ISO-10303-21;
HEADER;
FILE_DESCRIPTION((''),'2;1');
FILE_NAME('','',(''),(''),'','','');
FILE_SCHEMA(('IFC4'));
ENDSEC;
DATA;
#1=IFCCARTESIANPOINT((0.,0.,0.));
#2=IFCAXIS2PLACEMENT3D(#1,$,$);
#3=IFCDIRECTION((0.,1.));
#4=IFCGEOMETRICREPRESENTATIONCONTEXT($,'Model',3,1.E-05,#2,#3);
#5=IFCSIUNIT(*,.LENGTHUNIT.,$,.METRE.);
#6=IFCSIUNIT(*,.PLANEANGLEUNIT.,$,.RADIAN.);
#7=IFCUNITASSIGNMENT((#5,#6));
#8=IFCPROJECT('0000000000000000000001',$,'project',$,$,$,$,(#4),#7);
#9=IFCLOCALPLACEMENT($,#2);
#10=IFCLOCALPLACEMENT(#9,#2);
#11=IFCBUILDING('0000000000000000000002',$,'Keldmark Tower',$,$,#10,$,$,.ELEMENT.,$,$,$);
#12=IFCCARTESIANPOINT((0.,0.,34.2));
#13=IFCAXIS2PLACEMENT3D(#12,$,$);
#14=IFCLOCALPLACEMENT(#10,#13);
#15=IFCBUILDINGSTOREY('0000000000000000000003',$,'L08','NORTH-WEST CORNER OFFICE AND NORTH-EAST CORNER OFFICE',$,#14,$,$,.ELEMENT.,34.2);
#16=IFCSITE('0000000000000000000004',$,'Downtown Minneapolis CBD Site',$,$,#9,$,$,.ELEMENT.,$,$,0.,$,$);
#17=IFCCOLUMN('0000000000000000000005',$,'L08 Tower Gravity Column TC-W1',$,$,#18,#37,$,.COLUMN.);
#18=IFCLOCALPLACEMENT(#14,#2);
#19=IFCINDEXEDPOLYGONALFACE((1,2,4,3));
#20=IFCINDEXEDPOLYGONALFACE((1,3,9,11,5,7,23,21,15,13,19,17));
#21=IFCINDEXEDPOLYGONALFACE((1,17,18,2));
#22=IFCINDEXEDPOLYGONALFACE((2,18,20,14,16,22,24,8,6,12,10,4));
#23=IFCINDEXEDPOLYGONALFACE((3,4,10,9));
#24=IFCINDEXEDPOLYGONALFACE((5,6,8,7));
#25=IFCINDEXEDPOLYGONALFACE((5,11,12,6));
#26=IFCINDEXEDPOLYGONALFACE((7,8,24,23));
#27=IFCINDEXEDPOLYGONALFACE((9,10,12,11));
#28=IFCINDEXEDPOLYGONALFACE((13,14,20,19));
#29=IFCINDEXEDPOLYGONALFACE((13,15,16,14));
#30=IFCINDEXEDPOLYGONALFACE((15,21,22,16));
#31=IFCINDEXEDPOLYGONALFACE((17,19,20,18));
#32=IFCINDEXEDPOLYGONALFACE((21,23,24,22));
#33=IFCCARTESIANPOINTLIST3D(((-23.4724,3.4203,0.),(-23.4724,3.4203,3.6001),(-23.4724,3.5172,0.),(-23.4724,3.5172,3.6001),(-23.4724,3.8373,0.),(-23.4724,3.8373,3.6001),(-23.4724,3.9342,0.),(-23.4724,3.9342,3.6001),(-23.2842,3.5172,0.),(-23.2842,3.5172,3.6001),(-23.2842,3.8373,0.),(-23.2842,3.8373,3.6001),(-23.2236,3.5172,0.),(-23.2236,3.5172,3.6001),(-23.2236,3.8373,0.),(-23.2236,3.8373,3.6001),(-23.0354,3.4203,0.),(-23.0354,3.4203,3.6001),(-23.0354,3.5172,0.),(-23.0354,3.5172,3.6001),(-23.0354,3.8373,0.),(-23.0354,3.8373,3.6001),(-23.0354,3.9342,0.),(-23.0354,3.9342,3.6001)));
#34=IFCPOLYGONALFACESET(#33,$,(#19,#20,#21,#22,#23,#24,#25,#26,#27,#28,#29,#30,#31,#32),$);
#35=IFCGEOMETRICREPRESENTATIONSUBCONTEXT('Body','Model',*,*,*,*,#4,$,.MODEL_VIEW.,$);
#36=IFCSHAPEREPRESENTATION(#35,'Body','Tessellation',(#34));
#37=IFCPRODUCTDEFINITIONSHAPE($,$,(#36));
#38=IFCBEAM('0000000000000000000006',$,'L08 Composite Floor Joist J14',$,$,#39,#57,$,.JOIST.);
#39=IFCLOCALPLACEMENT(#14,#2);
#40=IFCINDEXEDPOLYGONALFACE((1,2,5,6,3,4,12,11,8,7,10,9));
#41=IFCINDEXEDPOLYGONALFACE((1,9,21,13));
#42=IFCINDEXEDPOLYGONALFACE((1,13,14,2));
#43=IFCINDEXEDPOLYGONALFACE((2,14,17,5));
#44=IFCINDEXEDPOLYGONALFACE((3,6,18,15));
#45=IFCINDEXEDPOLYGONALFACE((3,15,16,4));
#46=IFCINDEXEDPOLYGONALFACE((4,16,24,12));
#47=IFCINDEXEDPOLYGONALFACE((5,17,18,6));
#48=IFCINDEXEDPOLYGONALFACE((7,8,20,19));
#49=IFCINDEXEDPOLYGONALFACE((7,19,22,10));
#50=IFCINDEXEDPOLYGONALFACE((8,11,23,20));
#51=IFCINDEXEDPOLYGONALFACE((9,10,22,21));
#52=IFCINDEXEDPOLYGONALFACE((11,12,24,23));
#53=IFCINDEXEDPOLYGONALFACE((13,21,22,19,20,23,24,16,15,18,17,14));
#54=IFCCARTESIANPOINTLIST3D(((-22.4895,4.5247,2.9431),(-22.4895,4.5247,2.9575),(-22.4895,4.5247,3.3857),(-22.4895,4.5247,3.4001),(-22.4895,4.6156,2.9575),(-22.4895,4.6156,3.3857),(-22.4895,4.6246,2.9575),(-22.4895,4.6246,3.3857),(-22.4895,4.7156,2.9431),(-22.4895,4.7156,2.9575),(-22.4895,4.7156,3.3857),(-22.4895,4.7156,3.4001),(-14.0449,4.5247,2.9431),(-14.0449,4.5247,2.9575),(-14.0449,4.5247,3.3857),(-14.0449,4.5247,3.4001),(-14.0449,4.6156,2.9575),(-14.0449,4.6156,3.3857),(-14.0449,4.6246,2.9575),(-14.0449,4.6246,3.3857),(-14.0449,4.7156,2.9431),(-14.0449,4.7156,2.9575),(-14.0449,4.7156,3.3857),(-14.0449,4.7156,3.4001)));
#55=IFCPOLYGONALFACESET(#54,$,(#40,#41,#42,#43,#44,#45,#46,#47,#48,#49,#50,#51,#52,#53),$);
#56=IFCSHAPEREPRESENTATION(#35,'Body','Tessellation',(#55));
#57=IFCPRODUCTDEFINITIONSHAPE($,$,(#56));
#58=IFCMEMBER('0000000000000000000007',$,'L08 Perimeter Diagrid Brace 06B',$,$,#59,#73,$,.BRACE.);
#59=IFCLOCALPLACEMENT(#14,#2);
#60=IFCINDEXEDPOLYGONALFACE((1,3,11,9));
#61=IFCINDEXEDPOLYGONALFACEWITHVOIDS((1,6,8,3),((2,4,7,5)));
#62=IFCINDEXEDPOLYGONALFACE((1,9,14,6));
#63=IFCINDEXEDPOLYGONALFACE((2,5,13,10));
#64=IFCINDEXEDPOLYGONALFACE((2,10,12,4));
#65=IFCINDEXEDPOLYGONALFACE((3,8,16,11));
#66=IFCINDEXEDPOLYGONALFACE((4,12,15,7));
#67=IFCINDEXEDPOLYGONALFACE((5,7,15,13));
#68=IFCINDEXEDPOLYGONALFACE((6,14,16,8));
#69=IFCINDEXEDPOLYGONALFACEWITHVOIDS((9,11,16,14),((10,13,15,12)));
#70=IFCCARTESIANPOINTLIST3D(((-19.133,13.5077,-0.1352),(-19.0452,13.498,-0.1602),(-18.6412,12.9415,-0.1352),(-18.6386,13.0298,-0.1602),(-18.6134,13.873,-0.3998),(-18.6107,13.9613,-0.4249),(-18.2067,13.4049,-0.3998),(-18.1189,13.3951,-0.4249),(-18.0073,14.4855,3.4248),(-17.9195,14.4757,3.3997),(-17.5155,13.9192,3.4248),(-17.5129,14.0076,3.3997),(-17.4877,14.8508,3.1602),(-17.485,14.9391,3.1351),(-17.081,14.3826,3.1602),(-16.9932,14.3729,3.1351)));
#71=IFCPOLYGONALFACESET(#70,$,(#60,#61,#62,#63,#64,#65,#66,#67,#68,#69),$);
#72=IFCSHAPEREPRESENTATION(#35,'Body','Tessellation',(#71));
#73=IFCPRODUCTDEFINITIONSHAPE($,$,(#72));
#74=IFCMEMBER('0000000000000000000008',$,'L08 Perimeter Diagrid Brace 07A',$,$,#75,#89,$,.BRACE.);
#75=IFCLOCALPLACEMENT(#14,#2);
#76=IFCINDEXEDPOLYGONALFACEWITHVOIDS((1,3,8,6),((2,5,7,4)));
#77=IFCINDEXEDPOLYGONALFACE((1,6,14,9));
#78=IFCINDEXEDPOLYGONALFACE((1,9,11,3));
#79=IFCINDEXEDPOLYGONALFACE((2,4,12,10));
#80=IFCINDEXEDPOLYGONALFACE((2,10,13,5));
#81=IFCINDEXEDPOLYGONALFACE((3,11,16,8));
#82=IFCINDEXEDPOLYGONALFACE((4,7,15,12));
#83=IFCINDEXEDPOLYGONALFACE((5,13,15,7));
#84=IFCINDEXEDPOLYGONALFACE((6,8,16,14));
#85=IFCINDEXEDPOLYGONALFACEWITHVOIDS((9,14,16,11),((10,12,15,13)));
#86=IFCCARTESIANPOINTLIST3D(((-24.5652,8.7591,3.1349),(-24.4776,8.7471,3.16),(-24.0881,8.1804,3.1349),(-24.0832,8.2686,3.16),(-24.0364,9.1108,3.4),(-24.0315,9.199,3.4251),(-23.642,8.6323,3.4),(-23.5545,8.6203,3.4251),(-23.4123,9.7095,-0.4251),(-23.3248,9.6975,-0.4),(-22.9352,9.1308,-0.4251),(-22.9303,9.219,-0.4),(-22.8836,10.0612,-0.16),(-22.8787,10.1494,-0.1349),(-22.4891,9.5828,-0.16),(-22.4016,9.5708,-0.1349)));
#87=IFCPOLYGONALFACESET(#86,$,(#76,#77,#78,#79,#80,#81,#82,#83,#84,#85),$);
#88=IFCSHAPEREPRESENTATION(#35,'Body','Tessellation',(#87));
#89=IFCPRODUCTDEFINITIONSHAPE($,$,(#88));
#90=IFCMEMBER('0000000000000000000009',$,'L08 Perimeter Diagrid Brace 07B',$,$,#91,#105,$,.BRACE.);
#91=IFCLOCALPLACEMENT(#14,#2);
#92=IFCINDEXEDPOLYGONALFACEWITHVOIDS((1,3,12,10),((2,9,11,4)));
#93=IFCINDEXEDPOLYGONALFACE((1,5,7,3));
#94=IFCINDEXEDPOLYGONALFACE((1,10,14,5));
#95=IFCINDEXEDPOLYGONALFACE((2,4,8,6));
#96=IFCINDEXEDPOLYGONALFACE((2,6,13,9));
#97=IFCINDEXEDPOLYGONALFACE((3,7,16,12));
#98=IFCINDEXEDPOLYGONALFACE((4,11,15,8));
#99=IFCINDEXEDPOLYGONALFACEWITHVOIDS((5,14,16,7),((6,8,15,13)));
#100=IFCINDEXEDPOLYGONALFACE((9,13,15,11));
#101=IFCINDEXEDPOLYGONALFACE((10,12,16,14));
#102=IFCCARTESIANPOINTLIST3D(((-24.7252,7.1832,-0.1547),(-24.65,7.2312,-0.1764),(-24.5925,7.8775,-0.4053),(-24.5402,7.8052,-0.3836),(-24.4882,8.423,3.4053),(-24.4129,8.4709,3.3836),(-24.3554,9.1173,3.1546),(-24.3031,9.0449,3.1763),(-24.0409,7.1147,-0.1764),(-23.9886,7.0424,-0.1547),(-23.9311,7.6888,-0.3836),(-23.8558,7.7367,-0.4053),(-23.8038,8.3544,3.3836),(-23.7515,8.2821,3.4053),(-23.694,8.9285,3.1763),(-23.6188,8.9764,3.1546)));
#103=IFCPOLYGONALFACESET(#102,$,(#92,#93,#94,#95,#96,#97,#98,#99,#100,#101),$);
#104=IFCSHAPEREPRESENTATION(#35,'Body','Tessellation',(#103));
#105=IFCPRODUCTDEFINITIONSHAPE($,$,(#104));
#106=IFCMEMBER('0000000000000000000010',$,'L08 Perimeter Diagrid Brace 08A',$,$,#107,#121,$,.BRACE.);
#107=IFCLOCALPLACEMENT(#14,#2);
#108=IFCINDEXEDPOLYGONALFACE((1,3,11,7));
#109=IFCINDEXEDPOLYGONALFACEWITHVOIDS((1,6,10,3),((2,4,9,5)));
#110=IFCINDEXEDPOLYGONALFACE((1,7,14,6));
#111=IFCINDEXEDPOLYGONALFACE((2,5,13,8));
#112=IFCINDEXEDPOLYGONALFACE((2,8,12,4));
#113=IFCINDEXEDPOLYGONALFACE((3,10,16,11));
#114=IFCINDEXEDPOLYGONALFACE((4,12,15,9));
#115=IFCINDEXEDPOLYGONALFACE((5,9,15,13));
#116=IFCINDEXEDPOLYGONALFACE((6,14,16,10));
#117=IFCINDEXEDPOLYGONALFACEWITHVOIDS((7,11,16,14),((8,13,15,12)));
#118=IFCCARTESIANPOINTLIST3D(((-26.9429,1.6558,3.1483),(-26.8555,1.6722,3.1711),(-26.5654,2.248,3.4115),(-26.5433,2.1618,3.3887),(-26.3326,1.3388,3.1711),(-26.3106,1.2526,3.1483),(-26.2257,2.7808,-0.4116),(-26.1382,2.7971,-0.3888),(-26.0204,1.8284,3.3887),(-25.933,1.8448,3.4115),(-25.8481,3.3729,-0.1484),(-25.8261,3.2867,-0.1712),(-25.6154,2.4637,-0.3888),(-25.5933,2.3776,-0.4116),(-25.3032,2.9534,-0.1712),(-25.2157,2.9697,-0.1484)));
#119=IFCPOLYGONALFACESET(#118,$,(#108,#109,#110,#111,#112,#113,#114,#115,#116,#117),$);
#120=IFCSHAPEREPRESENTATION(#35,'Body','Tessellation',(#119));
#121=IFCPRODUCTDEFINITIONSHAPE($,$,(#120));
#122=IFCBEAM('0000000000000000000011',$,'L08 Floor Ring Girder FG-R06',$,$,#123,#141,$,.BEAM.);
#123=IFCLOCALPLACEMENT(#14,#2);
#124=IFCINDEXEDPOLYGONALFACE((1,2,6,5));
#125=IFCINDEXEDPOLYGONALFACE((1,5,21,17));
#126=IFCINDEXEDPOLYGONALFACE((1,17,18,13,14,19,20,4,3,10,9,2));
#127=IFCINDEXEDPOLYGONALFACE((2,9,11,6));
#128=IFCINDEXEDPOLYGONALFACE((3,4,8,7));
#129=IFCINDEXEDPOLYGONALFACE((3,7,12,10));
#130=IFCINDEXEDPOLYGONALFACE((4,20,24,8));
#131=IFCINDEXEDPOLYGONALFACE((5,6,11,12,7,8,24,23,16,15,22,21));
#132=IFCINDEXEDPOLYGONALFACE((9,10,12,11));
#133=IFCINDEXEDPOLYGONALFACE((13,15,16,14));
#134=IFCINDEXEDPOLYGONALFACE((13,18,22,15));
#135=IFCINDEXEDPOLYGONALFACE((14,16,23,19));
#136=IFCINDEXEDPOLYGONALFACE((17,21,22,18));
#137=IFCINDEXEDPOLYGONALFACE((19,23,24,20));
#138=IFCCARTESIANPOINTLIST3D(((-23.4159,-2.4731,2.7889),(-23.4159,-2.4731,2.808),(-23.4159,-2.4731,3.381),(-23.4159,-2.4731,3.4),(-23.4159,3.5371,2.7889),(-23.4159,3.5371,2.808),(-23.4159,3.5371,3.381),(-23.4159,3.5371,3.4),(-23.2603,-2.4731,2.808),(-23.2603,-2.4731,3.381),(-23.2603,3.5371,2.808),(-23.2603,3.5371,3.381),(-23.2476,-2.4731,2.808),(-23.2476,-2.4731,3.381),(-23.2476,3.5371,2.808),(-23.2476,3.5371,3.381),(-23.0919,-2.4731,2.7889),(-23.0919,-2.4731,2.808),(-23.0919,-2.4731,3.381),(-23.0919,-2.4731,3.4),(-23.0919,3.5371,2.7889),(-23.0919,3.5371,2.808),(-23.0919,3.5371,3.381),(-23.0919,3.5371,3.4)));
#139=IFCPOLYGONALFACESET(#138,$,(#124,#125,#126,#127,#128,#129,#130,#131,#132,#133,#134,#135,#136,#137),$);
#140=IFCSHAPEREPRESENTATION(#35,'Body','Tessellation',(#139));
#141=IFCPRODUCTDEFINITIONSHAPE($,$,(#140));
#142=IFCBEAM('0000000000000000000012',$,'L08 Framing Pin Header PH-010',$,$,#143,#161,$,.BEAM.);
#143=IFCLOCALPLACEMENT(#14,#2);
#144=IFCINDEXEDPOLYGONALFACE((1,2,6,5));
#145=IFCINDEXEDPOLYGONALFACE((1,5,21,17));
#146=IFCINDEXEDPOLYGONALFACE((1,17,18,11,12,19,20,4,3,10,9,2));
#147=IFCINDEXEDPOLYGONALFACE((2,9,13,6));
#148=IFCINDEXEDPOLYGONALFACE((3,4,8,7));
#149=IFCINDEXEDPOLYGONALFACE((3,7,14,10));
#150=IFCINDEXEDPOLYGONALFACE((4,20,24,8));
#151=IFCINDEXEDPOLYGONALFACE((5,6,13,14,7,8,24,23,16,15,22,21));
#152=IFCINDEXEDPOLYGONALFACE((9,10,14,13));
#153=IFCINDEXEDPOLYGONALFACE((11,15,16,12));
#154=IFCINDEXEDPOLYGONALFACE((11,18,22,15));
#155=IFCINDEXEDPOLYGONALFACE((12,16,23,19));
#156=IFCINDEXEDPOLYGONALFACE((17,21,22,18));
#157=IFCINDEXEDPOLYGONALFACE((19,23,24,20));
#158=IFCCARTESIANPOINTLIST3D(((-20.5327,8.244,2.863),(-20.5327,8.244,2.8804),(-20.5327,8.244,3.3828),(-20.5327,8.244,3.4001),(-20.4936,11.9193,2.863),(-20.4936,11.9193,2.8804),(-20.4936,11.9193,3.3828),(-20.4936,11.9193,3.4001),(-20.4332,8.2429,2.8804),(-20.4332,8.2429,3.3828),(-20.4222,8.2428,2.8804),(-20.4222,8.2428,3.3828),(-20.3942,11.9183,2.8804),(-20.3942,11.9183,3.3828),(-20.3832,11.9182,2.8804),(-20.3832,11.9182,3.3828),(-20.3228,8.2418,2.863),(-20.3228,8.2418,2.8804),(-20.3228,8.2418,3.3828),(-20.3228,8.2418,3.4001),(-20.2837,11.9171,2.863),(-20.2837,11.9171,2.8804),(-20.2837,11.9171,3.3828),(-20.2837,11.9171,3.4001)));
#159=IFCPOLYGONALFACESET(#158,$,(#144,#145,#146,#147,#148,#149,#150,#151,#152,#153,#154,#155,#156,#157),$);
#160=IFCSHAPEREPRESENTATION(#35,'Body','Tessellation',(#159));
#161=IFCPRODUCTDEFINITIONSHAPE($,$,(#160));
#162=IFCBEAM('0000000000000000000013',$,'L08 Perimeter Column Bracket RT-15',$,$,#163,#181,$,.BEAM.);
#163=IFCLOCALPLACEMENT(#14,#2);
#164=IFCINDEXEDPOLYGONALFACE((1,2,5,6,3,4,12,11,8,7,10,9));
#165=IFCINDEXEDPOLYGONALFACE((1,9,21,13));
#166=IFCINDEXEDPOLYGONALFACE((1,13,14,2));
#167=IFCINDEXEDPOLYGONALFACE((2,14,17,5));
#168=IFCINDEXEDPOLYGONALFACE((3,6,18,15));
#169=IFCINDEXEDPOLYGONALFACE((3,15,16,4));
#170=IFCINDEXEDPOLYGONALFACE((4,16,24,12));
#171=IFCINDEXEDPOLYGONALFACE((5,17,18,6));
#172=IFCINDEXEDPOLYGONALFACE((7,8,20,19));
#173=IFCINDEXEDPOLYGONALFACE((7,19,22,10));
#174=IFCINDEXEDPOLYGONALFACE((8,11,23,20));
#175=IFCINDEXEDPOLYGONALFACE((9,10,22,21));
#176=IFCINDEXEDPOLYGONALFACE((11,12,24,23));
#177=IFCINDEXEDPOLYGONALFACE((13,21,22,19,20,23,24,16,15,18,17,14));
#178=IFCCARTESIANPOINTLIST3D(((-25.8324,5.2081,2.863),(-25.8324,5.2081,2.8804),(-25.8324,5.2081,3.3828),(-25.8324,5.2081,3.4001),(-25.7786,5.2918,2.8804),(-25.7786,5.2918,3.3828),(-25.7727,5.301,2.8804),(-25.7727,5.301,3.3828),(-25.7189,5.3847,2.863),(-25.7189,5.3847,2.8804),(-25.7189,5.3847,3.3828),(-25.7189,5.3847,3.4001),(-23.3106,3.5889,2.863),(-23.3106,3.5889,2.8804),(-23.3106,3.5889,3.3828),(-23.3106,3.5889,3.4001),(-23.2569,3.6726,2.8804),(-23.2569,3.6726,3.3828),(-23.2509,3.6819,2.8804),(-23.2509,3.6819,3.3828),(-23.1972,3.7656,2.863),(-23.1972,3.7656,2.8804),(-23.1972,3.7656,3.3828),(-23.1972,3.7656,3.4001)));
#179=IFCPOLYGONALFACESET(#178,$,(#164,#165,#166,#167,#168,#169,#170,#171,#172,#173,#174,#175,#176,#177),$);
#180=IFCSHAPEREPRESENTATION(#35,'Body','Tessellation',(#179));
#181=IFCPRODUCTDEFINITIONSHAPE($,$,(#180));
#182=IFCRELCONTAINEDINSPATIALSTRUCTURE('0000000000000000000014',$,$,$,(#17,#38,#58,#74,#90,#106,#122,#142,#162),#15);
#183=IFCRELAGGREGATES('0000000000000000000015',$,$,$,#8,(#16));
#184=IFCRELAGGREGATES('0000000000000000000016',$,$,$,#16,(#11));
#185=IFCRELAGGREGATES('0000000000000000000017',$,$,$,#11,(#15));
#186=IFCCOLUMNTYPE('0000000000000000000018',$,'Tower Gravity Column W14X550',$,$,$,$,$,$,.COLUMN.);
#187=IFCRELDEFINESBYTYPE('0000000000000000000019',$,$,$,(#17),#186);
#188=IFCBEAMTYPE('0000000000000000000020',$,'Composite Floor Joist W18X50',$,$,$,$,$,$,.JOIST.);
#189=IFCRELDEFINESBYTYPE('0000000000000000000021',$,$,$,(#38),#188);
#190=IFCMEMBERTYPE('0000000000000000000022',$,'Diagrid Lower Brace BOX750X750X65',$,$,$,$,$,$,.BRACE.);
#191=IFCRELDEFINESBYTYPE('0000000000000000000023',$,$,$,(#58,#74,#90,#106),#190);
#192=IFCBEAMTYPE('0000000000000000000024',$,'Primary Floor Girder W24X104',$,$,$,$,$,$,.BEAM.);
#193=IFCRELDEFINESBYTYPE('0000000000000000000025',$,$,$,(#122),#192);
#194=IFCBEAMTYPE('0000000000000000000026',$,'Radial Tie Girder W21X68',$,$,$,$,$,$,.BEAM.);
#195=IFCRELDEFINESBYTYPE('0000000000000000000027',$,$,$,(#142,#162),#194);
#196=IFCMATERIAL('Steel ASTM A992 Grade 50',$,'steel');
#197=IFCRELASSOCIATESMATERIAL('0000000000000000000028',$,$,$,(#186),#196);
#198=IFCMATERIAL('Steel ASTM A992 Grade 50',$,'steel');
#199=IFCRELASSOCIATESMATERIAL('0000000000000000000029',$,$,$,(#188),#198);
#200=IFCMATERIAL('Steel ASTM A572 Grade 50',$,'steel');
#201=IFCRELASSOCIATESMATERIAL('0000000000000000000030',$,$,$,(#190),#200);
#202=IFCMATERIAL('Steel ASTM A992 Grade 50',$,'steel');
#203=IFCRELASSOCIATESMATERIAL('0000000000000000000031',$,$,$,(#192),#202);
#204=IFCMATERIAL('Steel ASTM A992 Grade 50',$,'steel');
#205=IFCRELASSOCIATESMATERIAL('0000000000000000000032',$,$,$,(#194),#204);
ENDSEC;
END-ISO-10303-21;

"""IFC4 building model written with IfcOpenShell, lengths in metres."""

from ifc_helpers import new_model, si_unit, direction, frame, origin, origin_2d, place, context, subcontext, project, spatial, hollow_rectangle, i_section, extrude, material, material_profile, profile_set, type_object, element, save


model = new_model("IFC4")

# Units and contexts
model_context = context("Model", 3, precision=1e-05, world=origin(), true_north=direction((0.0, 1.0)))
body_context = subcontext(model_context, "Body", "Model", "MODEL_VIEW")
ifc_project = project(units=[si_unit("LENGTHUNIT", "METRE"), si_unit("PLANEANGLEUNIT", "RADIAN")], contexts=[model_context])

# Site, building, storey
site_placement = place(None, origin())
site = spatial("IfcSite", under=ifc_project, at=site_placement, Name="Downtown Minneapolis CBD Site", CompositionType="ELEMENT", RefElevation=0.0)
building_placement = place(site_placement, origin())
building = spatial("IfcBuilding", under=site, at=building_placement, Name="Keldmark Tower", CompositionType="ELEMENT")
storey_placement = place(building_placement, frame((0.0, 0.0, 34.2)))
storey = spatial("IfcBuildingStorey", under=building, at=storey_placement, Name="L08", Description="NORTH-WEST CORNER OFFICE AND NORTH-EAST CORNER OFFICE", CompositionType="ELEMENT", Elevation=34.2)

# Column
ifc_material_1 = material(Name="Steel ASTM A992 Grade 50", Category="steel")
ifc_material_profile_1 = material_profile(ifc_material_1, i_section(OverallWidth=0.437, OverallDepth=0.5139, WebThickness=0.0605, FlangeThickness=0.0969, at=origin_2d()), Name="W14X550")
ifc_profile_set_1 = profile_set([ifc_material_profile_1], Name="Steel ASTM A992 Grade 50")
column_type = type_object("IfcColumnType", Name="Tower Gravity Column W14X550", PredefinedType="COLUMN", material=ifc_profile_set_1)
column_placement = place(storey_placement, frame((-23.2539, 3.6772, 0.0), z_axis=(0.0, 0.0, 1.0), x_axis=(1.0, 0.0, 0.0)))
element("IfcColumn", 1, at=column_placement, inside=storey, type_object=column_type, Name="L08 Tower Gravity Column TC-W1", PredefinedType="COLUMN", context=body_context, shape_type="SweptSolid", body=[
    extrude(i_section(OverallWidth=0.437, OverallDepth=0.5139, WebThickness=0.0605, FlangeThickness=0.0969, at=origin_2d()), origin(), (0.0, 0.0, 1.0), 3.6001),
])

# Beam
ifc_material_2 = material(Name="Steel ASTM A992 Grade 50", Category="steel")
ifc_material_profile_2 = material_profile(ifc_material_2, i_section(OverallWidth=0.1909, OverallDepth=0.457, WebThickness=0.009, FlangeThickness=0.0144, at=origin_2d()), Name="W18X50")
ifc_profile_set_2 = profile_set([ifc_material_profile_2], Name="Steel ASTM A992 Grade 50")
beam_type_1 = type_object("IfcBeamType", Name="Composite Floor Joist W18X50", PredefinedType="JOIST", material=ifc_profile_set_2)
beam_1_placement = place(storey_placement, frame((-22.4895, 4.6201, 3.1716), z_axis=(1.0, 0.0, 0.0), x_axis=(0.0, 1.0, 0.0)))
element("IfcBeam", 2, at=beam_1_placement, inside=storey, type_object=beam_type_1, Name="L08 Composite Floor Joist J14", PredefinedType="JOIST", context=body_context, shape_type="SweptSolid", body=[
    extrude(i_section(OverallWidth=0.1909, OverallDepth=0.457, WebThickness=0.009, FlangeThickness=0.0144, at=origin_2d()), origin(), (0.0, 0.0, 1.0), 8.4446),
])

# Members
ifc_material_3 = material(Name="Steel ASTM A572 Grade 50", Category="steel")
ifc_material_profile_3 = material_profile(ifc_material_3, hollow_rectangle(XDim=0.75, YDim=0.75, WallThickness=0.0649, at=origin_2d()), Name="BOX750X750X65")
ifc_profile_set_3 = profile_set([ifc_material_profile_3], Name="Steel ASTM A572 Grade 50")
member_type = type_object("IfcMemberType", Name="Diagrid Lower Brace BOX750X750X65", PredefinedType="BRACE", material=ifc_profile_set_3)
member_1_placement = place(storey_placement, frame((-18.626, 13.4514, -0.28), z_axis=(0.291663, 0.253331, 0.922365), x_axis=(-0.655753, 0.754976, 0.0)))
element("IfcMember", 3, at=member_1_placement, inside=storey, type_object=member_type, Name="L08 Perimeter Diagrid Brace 06B", PredefinedType="BRACE", context=body_context, shape_type="SweptSolid", body=[
    extrude(hollow_rectangle(XDim=0.75, YDim=0.75, WallThickness=0.0649, at=origin_2d()), origin(), (0.0, 0.0, 1.0), 3.8596),
])
member_2_placement = place(storey_placement, frame((-22.907, 9.6401, -0.28), z_axis=(-0.298593, -0.246172, 0.922085), x_axis=(0.636125, -0.771586, 0.0)))
element("IfcMember", 4, at=member_2_placement, inside=storey, type_object=member_type, Name="L08 Perimeter Diagrid Brace 07A", PredefinedType="BRACE", context=body_context, shape_type="SweptSolid", body=[
    extrude(hollow_rectangle(XDim=0.75, YDim=0.75, WallThickness=0.0649, at=origin_2d()), origin(), (0.0, 0.0, 1.0), 3.8608),
])
member_3_placement = place(storey_placement, frame((-24.2905, 7.46, -0.28), z_axis=(0.062761, 0.328219, 0.942514), x_axis=(-0.982205, 0.187814, 0.0)))
element("IfcMember", 5, at=member_3_placement, inside=storey, type_object=member_type, Name="L08 Perimeter Diagrid Brace 07B", PredefinedType="BRACE", context=body_context, shape_type="SweptSolid", body=[
    extrude(hollow_rectangle(XDim=0.75, YDim=0.75, WallThickness=0.0649, at=origin_2d()), origin(), (0.0, 0.0, 1.0), 3.7771),
])
member_4_placement = place(storey_placement, frame((-25.7207, 2.8752, -0.28), z_axis=(-0.188667, -0.295908, 0.936399), x_axis=(0.843194, -0.537609, 0.0)))
element("IfcMember", 6, at=member_4_placement, inside=storey, type_object=member_type, Name="L08 Perimeter Diagrid Brace 08A", PredefinedType="BRACE", context=body_context, shape_type="SweptSolid", body=[
    extrude(hollow_rectangle(XDim=0.75, YDim=0.75, WallThickness=0.0649, at=origin_2d()), origin(), (0.0, 0.0, 1.0), 3.8018),
])

# Beams
ifc_material_4 = material(Name="Steel ASTM A992 Grade 50", Category="steel")
ifc_material_profile_4 = material_profile(ifc_material_4, i_section(OverallWidth=0.324, OverallDepth=0.6111, WebThickness=0.0127, FlangeThickness=0.019, at=origin_2d()), Name="W24X104")
ifc_profile_set_4 = profile_set([ifc_material_profile_4], Name="Steel ASTM A992 Grade 50")
beam_type_2 = type_object("IfcBeamType", Name="Primary Floor Girder W24X104", PredefinedType="BEAM", material=ifc_profile_set_4)
beam_2_placement = place(storey_placement, frame((-23.2539, 3.5371, 3.0945), z_axis=(0.0, -1.0, 0.0), x_axis=(1.0, 0.0, 0.0)))
element("IfcBeam", 7, at=beam_2_placement, inside=storey, type_object=beam_type_2, Name="L08 Floor Ring Girder FG-R06", PredefinedType="BEAM", context=body_context, shape_type="SweptSolid", body=[
    extrude(i_section(OverallWidth=0.324, OverallDepth=0.6111, WebThickness=0.0127, FlangeThickness=0.019, at=origin_2d()), origin(), (0.0, 0.0, 1.0), 6.0103),
])
ifc_material_5 = material(Name="Steel ASTM A992 Grade 50", Category="steel")
ifc_material_profile_5 = material_profile(ifc_material_5, i_section(OverallWidth=0.21, OverallDepth=0.5371, WebThickness=0.011, FlangeThickness=0.0173, at=origin_2d()), Name="W21X68")
ifc_profile_set_5 = profile_set([ifc_material_profile_5], Name="Steel ASTM A992 Grade 50")
beam_type_3 = type_object("IfcBeamType", Name="Radial Tie Girder W21X68", PredefinedType="BEAM", material=ifc_profile_set_5)
beam_3_placement = place(storey_placement, frame((-20.3887, 11.9182, 3.1316), z_axis=(-0.010628, -0.999944, 0.0), x_axis=(0.999944, -0.010628, 0.0)))
element("IfcBeam", 8, at=beam_3_placement, inside=storey, type_object=beam_type_3, Name="L08 Framing Pin Header PH-010", PredefinedType="BEAM", context=body_context, shape_type="SweptSolid", body=[
    extrude(i_section(OverallWidth=0.21, OverallDepth=0.5371, WebThickness=0.011, FlangeThickness=0.0173, at=origin_2d()), origin(), (0.0, 0.0, 1.0), 3.6755),
])
beam_4_placement = place(storey_placement, frame((-23.2539, 3.6772, 3.1316), z_axis=(-0.841477, 0.540292, 0.0), x_axis=(-0.540292, -0.841477, 0.0)))
element("IfcBeam", 9, at=beam_4_placement, inside=storey, type_object=beam_type_3, Name="L08 Perimeter Column Bracket RT-15", PredefinedType="BEAM", context=body_context, shape_type="SweptSolid", body=[
    extrude(i_section(OverallWidth=0.21, OverallDepth=0.5371, WebThickness=0.011, FlangeThickness=0.0173, at=origin_2d()), origin(), (0.0, 0.0, 1.0), 2.9968),
])

save(model, "model.ifc")
